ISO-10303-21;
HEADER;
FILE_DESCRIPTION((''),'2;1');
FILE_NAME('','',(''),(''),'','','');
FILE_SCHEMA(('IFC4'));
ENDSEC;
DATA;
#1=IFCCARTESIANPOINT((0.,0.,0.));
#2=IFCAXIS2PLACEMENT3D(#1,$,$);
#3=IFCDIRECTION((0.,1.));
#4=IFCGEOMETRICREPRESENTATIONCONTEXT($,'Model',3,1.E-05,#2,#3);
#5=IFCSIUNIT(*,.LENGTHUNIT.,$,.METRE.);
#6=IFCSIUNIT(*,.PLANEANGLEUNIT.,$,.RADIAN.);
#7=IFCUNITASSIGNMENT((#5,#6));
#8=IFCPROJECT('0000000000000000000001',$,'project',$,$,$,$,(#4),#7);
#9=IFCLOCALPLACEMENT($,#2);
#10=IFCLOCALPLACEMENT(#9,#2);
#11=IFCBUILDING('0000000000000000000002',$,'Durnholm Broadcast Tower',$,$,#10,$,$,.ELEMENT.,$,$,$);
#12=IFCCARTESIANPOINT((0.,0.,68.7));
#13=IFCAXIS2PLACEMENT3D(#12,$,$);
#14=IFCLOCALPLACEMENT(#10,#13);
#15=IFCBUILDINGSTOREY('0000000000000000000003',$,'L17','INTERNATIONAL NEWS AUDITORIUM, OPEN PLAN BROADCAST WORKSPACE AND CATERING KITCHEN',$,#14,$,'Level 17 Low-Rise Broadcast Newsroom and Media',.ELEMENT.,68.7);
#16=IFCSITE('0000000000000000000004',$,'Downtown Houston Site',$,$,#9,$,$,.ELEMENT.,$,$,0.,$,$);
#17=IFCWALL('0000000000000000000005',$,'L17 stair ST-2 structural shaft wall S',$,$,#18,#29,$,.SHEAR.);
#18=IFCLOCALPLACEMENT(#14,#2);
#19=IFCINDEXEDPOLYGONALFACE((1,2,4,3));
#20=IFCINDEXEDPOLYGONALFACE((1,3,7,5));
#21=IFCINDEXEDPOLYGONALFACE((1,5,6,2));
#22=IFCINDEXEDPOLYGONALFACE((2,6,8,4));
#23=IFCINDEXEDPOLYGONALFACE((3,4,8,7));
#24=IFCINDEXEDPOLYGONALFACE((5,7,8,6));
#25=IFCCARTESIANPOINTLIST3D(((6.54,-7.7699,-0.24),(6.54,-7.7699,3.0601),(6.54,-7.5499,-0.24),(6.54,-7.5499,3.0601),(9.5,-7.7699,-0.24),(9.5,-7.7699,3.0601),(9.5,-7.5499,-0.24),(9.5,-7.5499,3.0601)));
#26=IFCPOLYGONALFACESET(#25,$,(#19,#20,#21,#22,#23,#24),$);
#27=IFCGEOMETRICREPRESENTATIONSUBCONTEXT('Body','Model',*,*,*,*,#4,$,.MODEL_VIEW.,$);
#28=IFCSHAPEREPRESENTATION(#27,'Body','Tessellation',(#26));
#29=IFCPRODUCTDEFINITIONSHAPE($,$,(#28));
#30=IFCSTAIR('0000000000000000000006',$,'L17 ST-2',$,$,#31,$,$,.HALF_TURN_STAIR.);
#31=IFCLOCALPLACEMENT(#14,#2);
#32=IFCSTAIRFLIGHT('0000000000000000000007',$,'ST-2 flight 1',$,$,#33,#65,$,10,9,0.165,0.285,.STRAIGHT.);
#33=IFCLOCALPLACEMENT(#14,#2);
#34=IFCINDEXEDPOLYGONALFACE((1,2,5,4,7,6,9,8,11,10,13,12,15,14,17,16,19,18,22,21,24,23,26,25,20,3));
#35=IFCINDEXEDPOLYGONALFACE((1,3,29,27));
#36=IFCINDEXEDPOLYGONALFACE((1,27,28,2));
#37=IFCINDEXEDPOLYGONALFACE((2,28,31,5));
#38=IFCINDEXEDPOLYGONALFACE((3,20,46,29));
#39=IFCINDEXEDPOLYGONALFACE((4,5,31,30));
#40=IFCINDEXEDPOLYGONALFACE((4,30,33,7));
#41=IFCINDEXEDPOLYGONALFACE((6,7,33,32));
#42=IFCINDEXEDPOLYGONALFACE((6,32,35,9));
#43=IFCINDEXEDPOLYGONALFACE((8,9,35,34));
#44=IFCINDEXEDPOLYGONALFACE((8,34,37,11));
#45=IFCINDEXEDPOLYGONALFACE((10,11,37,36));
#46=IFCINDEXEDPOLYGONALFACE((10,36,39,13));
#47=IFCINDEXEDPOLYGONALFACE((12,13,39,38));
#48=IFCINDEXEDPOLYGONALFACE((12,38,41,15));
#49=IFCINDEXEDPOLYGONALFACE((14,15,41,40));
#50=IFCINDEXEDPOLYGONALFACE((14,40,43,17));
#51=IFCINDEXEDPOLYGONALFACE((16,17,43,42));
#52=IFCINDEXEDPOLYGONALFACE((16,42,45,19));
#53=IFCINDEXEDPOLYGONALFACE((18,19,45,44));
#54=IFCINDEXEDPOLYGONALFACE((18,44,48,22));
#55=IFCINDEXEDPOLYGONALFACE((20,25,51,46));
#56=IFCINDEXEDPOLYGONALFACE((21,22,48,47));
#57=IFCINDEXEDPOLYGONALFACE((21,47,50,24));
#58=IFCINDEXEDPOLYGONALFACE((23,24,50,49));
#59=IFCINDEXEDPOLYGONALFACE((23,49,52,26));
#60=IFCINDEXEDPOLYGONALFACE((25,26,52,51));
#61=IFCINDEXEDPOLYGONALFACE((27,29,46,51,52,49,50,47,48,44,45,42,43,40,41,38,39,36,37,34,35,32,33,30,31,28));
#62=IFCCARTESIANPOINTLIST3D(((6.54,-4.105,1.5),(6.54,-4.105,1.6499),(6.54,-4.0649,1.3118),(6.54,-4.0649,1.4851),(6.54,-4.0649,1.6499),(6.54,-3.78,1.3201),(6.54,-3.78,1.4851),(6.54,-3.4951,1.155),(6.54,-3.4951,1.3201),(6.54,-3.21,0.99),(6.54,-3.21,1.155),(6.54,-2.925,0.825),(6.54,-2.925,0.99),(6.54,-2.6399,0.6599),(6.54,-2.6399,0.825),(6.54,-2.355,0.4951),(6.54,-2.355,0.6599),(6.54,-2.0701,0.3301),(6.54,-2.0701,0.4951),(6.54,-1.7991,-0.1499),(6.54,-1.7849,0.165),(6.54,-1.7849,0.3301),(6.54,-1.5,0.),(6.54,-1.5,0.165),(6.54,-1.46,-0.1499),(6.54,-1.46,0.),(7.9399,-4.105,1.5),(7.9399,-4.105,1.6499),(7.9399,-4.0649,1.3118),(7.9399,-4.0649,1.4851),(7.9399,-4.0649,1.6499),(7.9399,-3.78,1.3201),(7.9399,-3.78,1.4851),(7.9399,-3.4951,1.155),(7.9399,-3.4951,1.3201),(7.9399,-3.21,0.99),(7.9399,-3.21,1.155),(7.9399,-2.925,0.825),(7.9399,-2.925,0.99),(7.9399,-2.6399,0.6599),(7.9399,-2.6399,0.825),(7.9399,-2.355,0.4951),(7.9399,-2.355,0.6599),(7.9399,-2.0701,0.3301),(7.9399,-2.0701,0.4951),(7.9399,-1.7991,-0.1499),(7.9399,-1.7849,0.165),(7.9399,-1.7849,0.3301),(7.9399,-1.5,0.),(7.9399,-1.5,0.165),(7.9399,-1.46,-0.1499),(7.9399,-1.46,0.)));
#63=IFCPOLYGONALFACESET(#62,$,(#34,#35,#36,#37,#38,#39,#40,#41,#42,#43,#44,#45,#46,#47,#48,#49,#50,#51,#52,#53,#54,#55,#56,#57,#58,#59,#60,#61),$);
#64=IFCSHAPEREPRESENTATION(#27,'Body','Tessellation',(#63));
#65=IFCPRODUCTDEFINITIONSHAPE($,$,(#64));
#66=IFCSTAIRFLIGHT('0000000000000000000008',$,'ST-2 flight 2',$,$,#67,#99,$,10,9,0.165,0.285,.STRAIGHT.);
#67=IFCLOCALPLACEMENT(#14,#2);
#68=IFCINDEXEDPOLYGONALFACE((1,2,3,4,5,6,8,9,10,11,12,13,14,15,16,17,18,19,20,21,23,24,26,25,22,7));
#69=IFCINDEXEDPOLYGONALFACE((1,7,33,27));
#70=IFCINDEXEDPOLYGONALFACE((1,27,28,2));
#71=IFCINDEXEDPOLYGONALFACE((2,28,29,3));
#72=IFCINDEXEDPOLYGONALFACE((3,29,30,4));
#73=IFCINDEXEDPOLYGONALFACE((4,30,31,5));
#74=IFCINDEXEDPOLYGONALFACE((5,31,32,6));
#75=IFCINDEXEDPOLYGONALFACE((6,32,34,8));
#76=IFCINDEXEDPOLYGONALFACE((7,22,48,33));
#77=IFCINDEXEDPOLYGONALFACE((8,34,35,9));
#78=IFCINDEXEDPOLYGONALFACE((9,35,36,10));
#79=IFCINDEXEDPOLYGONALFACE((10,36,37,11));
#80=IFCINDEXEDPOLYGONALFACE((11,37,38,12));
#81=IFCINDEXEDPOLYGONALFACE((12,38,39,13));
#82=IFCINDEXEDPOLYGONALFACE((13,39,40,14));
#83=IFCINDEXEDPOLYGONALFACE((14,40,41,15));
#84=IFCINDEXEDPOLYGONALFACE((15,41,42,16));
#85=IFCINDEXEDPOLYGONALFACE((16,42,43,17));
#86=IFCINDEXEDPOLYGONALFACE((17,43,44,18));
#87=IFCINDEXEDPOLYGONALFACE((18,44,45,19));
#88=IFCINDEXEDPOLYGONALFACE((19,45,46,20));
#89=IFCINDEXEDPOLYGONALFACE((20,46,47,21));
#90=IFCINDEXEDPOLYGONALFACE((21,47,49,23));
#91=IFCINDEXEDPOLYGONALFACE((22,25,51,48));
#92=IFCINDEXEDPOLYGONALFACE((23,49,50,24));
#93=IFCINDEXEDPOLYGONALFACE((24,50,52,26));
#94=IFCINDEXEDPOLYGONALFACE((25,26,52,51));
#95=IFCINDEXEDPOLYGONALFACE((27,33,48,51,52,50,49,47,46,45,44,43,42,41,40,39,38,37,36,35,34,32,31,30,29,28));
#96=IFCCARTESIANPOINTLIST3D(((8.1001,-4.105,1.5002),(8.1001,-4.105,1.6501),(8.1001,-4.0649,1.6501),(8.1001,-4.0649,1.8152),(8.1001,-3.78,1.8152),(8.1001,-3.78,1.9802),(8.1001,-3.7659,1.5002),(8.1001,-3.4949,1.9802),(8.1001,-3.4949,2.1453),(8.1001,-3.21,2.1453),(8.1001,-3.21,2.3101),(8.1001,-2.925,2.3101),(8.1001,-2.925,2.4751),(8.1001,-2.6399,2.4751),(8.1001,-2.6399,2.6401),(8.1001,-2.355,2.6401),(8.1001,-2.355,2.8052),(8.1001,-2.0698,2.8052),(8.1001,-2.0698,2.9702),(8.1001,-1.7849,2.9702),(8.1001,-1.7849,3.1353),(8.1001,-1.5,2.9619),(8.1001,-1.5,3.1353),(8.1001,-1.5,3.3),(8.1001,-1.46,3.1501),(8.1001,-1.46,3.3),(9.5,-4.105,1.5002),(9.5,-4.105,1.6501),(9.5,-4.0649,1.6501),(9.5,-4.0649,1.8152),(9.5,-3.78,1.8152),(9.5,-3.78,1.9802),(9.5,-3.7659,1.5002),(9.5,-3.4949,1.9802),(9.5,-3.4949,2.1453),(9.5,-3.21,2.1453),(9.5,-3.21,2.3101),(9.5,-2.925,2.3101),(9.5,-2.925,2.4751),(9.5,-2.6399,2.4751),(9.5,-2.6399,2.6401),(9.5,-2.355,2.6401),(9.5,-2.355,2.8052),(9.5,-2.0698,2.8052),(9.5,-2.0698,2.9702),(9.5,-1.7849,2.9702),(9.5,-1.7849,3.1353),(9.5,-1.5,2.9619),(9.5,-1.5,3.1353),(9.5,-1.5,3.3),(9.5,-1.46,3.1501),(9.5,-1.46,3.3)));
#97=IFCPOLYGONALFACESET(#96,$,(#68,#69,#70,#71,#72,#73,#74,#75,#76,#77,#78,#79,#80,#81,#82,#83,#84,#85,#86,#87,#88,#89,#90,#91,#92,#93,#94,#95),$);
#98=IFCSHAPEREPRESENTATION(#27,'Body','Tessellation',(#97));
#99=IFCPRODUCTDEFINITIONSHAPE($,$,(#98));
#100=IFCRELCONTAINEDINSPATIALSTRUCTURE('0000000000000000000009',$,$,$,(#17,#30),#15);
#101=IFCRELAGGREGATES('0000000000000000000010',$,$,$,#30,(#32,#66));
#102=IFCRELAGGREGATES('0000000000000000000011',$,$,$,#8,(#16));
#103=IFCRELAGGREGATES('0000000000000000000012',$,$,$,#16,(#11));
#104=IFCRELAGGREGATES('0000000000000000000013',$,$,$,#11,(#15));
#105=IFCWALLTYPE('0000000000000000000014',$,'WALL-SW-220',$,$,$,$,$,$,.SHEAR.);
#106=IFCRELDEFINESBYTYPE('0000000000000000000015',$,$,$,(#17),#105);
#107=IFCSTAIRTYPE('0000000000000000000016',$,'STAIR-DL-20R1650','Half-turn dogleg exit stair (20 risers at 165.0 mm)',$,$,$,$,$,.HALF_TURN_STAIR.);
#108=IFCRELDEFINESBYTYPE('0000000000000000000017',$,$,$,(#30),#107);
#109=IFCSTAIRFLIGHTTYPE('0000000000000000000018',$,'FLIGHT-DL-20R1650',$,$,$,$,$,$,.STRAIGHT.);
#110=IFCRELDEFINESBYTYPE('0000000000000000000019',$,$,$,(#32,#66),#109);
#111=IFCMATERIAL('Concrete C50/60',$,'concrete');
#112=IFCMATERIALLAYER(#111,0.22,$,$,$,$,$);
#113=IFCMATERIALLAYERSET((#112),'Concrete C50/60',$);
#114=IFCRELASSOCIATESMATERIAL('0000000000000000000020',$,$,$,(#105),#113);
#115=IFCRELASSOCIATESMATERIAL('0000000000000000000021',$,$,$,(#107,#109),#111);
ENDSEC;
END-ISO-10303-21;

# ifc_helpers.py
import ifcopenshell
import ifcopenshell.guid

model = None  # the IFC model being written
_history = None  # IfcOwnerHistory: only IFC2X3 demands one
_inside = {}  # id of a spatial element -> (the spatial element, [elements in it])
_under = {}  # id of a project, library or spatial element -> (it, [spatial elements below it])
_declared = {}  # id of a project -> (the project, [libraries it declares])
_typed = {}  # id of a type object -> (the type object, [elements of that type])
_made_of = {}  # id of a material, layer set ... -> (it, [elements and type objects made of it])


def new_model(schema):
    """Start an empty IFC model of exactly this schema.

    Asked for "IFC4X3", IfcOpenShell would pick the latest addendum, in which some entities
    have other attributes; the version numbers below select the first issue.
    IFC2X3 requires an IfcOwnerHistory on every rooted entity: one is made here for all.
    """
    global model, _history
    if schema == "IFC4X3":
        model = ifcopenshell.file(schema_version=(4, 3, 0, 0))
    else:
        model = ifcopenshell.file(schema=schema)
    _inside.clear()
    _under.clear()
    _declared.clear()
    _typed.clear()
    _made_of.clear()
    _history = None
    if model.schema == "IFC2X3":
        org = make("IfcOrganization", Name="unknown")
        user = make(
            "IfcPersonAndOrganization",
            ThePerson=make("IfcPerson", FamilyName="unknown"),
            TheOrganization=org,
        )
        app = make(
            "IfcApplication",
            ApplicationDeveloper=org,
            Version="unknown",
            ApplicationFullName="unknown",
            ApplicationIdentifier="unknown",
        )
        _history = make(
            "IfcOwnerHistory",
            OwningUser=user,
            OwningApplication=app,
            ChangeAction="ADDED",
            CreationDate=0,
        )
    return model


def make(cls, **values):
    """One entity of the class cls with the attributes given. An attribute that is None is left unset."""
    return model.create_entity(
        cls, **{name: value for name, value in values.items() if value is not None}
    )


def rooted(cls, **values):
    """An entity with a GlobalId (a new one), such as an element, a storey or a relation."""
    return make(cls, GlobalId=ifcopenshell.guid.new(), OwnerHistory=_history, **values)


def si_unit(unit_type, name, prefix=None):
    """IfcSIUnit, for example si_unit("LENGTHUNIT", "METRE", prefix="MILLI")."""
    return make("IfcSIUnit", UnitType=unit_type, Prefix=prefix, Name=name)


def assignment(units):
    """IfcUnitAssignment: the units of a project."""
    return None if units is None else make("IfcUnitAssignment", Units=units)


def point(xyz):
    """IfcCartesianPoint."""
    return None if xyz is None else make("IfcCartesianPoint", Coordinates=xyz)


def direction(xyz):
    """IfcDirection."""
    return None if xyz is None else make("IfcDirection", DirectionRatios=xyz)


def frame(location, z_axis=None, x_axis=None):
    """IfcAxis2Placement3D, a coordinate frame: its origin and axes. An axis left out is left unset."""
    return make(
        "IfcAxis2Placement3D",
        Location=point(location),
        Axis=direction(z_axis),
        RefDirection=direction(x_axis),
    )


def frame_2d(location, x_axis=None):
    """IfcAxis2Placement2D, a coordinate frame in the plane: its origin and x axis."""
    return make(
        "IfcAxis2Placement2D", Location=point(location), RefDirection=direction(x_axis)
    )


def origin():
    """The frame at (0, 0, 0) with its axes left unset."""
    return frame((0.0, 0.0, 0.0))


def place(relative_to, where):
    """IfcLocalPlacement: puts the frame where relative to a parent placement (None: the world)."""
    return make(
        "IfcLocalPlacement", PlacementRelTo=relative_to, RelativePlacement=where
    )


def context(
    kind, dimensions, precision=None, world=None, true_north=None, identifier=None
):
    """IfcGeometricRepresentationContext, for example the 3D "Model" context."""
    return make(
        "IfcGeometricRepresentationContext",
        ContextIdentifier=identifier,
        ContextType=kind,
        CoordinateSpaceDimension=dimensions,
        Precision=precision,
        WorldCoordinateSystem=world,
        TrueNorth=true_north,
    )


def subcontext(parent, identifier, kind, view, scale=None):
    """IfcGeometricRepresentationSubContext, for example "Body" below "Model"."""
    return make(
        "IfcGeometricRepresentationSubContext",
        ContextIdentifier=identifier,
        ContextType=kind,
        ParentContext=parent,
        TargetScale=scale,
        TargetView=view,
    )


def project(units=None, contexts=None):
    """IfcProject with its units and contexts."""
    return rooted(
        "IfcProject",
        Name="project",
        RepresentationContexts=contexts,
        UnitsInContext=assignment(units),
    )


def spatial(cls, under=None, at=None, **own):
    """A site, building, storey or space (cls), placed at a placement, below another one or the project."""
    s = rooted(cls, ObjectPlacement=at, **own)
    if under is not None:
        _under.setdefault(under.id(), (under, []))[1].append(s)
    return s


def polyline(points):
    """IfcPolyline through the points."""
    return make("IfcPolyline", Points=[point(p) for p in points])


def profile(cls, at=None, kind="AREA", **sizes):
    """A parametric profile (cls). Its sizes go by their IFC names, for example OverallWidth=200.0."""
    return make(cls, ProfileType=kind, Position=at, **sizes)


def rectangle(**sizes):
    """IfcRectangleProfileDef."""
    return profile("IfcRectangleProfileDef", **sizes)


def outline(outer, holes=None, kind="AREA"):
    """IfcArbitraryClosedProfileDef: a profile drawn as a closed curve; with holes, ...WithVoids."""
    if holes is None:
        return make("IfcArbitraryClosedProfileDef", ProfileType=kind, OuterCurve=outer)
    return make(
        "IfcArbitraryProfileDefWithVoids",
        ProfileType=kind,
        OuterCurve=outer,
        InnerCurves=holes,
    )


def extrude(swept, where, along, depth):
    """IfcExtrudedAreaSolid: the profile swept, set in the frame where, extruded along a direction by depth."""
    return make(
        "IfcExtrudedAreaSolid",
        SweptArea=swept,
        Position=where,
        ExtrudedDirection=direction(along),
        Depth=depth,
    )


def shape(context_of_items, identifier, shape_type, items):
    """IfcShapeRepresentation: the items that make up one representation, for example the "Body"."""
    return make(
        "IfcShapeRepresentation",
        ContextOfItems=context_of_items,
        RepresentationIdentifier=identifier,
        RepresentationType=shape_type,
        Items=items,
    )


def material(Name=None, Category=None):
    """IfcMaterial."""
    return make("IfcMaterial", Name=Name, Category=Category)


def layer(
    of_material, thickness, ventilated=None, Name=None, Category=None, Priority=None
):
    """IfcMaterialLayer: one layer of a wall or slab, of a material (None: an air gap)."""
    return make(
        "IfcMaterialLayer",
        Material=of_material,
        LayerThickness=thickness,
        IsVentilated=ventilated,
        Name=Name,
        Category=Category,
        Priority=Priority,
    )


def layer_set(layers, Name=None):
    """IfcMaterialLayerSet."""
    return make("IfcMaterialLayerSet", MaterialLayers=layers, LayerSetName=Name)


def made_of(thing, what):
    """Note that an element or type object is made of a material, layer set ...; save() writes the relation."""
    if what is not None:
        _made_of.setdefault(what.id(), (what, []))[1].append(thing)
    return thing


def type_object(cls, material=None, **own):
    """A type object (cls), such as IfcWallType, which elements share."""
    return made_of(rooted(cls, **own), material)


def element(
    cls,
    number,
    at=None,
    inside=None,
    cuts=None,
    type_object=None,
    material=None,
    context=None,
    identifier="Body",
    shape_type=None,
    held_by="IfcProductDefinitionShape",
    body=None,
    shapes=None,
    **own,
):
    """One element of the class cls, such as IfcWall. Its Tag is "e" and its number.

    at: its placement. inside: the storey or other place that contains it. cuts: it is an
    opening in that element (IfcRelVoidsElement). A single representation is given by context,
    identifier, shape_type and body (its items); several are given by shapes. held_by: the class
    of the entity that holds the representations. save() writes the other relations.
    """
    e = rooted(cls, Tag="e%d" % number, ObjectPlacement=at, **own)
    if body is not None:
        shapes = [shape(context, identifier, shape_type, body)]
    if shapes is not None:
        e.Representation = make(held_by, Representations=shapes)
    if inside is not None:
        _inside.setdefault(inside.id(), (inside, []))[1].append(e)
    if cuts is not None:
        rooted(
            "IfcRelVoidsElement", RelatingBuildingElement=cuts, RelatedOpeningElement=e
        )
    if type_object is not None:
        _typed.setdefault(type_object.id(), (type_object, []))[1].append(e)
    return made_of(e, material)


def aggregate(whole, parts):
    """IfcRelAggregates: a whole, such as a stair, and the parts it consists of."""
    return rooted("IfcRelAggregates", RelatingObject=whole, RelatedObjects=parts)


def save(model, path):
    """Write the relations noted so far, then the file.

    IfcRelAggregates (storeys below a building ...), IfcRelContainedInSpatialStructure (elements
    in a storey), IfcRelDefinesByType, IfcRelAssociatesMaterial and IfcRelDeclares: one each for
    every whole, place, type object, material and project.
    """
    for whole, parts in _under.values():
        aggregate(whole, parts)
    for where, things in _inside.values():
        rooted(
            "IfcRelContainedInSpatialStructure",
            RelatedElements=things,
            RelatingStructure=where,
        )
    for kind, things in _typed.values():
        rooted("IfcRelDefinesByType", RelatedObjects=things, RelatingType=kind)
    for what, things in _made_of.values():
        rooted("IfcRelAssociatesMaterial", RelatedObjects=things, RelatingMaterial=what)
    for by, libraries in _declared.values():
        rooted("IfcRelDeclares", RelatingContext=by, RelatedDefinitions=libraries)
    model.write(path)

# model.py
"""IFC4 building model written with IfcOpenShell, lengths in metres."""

from ifc_helpers import new_model, si_unit, direction, frame, frame_2d, origin, place, context, subcontext, project, spatial, polyline, rectangle, outline, extrude, material, layer, layer_set, type_object, element, aggregate, save


model = new_model("IFC4")

# Units and contexts
model_context = context("Model", 3, precision=1e-05, world=origin(), true_north=direction((0.0, 1.0)))
body_context = subcontext(model_context, "Body", "Model", "MODEL_VIEW")
ifc_project = project(units=[si_unit("LENGTHUNIT", "METRE"), si_unit("PLANEANGLEUNIT", "RADIAN")], contexts=[model_context])

# Site, building, storey
site_placement = place(None, origin())
site = spatial("IfcSite", under=ifc_project, at=site_placement, Name="Downtown Houston Site", CompositionType="ELEMENT", RefElevation=0.0)
building_placement = place(site_placement, origin())
building = spatial("IfcBuilding", under=site, at=building_placement, Name="Durnholm Broadcast Tower", CompositionType="ELEMENT")
storey_placement = place(building_placement, frame((0.0, 0.0, 68.7)))
storey = spatial("IfcBuildingStorey", under=building, at=storey_placement, Name="L17", Description="INTERNATIONAL NEWS AUDITORIUM, OPEN PLAN BROADCAST WORKSPACE AND CATERING KITCHEN", LongName="Level 17 Low-Rise Broadcast Newsroom and Media", CompositionType="ELEMENT", Elevation=68.7)

# Wall
ifc_material_1 = material(Name="Concrete C50/60", Category="concrete")
ifc_layer_1 = layer(ifc_material_1, 0.22)
ifc_layer_set_1 = layer_set([ifc_layer_1], Name="Concrete C50/60")
wall_type_1 = type_object("IfcWallType", Name="WALL-SW-220", PredefinedType="SHEAR", material=ifc_layer_set_1)
wall_1_placement = place(storey_placement, frame((6.54, -7.6599, -0.24), z_axis=(0.0, 0.0, 1.0), x_axis=(1.0, 0.0, 0.0)))
element("IfcWall", 1, at=wall_1_placement, inside=storey, type_object=wall_type_1, Name="L17 stair ST-2 structural shaft wall S", PredefinedType="SHEAR", context=body_context, shape_type="SweptSolid", body=[
    extrude(rectangle(XDim=2.96, YDim=0.22, at=frame_2d((1.48, 0.0))), origin(), (0.0, 0.0, 1.0), 3.3),
])

# Stair, stair flights
stair_type = type_object("IfcStairType", Name="STAIR-DL-20R1650", Description="Half-turn dogleg exit stair (20 risers at 165.0 mm)", PredefinedType="HALF_TURN_STAIR", material=ifc_material_1)
stair_placement = place(storey_placement, origin())
stair = element("IfcStair", 2, at=stair_placement, inside=storey, type_object=stair_type, Name="L17 ST-2", PredefinedType="HALF_TURN_STAIR")
stair_flight_type = type_object("IfcStairFlightType", Name="FLIGHT-DL-20R1650", PredefinedType="STRAIGHT", material=ifc_material_1)
stair_flight_1_placement = place(storey_placement, frame((7.24, -1.5, 0.0), z_axis=(0.0, 0.0, 1.0), x_axis=(0.0, -1.0, 0.0)))
stair_flight_1 = element("IfcStairFlight", 3, at=stair_flight_1_placement, type_object=stair_flight_type, Name="ST-2 flight 1", NumberOfRisers=10, NumberOfTreads=9, PredefinedType="STRAIGHT", RiserHeight=0.165, TreadLength=0.285, context=body_context, shape_type="SweptSolid", body=[
    extrude(outline(polyline([(-0.04, -0.1499), (-0.04, 0.0), (0.0, 0.0), (0.0, 0.165), (0.2849, 0.165), (0.2849, 0.3301), (0.5701, 0.3301), (0.5701, 0.4951), (0.855, 0.4951), (0.855, 0.6599), (1.1399, 0.6599), (1.1399, 0.825), (1.425, 0.825), (1.425, 0.99), (1.71, 0.99), (1.71, 1.155), (1.9951, 1.155), (1.9951, 1.3201), (2.28, 1.3201), (2.28, 1.4851), (2.5649, 1.4851), (2.5649, 1.6499), (2.605, 1.6499), (2.605, 1.5), (2.5649, 1.3118), (0.2991, -0.1499), (-0.04, -0.1499)])), frame((0.0, 0.7, 0.0), z_axis=(0.0, -1.0, 0.0), x_axis=(1.0, 0.0, 0.0)), (0.0, 0.0, 1.0), 1.3999),
])
stair_flight_2_placement = place(storey_placement, frame((8.8, -4.0649, 1.6501), z_axis=(0.0, 0.0, 1.0), x_axis=(0.0, 1.0, 0.0)))
stair_flight_2 = element("IfcStairFlight", 4, at=stair_flight_2_placement, type_object=stair_flight_type, Name="ST-2 flight 2", NumberOfRisers=10, NumberOfTreads=9, PredefinedType="STRAIGHT", RiserHeight=0.165, TreadLength=0.285, context=body_context, shape_type="SweptSolid", body=[
    extrude(outline(polyline([(-0.04, -0.1499), (-0.04, 0.0), (0.0, 0.0), (0.0, 0.165), (0.2849, 0.165), (0.2849, 0.3301), (0.5701, 0.3301), (0.5701, 0.4951), (0.855, 0.4951), (0.855, 0.6599), (1.1399, 0.6599), (1.1399, 0.825), (1.425, 0.825), (1.425, 0.99), (1.71, 0.99), (1.71, 1.155), (1.9951, 1.155), (1.9951, 1.3201), (2.28, 1.3201), (2.28, 1.4851), (2.5649, 1.4851), (2.5649, 1.6499), (2.605, 1.6499), (2.605, 1.5), (2.5649, 1.3118), (0.2991, -0.1499), (-0.04, -0.1499)])), frame((0.0, 0.7, 0.0), z_axis=(0.0, -1.0, 0.0), x_axis=(1.0, 0.0, 0.0)), (0.0, 0.0, 1.0), 1.3999),
])
aggregate(stair, [stair_flight_1, stair_flight_2])

save(model, "model.ifc")
